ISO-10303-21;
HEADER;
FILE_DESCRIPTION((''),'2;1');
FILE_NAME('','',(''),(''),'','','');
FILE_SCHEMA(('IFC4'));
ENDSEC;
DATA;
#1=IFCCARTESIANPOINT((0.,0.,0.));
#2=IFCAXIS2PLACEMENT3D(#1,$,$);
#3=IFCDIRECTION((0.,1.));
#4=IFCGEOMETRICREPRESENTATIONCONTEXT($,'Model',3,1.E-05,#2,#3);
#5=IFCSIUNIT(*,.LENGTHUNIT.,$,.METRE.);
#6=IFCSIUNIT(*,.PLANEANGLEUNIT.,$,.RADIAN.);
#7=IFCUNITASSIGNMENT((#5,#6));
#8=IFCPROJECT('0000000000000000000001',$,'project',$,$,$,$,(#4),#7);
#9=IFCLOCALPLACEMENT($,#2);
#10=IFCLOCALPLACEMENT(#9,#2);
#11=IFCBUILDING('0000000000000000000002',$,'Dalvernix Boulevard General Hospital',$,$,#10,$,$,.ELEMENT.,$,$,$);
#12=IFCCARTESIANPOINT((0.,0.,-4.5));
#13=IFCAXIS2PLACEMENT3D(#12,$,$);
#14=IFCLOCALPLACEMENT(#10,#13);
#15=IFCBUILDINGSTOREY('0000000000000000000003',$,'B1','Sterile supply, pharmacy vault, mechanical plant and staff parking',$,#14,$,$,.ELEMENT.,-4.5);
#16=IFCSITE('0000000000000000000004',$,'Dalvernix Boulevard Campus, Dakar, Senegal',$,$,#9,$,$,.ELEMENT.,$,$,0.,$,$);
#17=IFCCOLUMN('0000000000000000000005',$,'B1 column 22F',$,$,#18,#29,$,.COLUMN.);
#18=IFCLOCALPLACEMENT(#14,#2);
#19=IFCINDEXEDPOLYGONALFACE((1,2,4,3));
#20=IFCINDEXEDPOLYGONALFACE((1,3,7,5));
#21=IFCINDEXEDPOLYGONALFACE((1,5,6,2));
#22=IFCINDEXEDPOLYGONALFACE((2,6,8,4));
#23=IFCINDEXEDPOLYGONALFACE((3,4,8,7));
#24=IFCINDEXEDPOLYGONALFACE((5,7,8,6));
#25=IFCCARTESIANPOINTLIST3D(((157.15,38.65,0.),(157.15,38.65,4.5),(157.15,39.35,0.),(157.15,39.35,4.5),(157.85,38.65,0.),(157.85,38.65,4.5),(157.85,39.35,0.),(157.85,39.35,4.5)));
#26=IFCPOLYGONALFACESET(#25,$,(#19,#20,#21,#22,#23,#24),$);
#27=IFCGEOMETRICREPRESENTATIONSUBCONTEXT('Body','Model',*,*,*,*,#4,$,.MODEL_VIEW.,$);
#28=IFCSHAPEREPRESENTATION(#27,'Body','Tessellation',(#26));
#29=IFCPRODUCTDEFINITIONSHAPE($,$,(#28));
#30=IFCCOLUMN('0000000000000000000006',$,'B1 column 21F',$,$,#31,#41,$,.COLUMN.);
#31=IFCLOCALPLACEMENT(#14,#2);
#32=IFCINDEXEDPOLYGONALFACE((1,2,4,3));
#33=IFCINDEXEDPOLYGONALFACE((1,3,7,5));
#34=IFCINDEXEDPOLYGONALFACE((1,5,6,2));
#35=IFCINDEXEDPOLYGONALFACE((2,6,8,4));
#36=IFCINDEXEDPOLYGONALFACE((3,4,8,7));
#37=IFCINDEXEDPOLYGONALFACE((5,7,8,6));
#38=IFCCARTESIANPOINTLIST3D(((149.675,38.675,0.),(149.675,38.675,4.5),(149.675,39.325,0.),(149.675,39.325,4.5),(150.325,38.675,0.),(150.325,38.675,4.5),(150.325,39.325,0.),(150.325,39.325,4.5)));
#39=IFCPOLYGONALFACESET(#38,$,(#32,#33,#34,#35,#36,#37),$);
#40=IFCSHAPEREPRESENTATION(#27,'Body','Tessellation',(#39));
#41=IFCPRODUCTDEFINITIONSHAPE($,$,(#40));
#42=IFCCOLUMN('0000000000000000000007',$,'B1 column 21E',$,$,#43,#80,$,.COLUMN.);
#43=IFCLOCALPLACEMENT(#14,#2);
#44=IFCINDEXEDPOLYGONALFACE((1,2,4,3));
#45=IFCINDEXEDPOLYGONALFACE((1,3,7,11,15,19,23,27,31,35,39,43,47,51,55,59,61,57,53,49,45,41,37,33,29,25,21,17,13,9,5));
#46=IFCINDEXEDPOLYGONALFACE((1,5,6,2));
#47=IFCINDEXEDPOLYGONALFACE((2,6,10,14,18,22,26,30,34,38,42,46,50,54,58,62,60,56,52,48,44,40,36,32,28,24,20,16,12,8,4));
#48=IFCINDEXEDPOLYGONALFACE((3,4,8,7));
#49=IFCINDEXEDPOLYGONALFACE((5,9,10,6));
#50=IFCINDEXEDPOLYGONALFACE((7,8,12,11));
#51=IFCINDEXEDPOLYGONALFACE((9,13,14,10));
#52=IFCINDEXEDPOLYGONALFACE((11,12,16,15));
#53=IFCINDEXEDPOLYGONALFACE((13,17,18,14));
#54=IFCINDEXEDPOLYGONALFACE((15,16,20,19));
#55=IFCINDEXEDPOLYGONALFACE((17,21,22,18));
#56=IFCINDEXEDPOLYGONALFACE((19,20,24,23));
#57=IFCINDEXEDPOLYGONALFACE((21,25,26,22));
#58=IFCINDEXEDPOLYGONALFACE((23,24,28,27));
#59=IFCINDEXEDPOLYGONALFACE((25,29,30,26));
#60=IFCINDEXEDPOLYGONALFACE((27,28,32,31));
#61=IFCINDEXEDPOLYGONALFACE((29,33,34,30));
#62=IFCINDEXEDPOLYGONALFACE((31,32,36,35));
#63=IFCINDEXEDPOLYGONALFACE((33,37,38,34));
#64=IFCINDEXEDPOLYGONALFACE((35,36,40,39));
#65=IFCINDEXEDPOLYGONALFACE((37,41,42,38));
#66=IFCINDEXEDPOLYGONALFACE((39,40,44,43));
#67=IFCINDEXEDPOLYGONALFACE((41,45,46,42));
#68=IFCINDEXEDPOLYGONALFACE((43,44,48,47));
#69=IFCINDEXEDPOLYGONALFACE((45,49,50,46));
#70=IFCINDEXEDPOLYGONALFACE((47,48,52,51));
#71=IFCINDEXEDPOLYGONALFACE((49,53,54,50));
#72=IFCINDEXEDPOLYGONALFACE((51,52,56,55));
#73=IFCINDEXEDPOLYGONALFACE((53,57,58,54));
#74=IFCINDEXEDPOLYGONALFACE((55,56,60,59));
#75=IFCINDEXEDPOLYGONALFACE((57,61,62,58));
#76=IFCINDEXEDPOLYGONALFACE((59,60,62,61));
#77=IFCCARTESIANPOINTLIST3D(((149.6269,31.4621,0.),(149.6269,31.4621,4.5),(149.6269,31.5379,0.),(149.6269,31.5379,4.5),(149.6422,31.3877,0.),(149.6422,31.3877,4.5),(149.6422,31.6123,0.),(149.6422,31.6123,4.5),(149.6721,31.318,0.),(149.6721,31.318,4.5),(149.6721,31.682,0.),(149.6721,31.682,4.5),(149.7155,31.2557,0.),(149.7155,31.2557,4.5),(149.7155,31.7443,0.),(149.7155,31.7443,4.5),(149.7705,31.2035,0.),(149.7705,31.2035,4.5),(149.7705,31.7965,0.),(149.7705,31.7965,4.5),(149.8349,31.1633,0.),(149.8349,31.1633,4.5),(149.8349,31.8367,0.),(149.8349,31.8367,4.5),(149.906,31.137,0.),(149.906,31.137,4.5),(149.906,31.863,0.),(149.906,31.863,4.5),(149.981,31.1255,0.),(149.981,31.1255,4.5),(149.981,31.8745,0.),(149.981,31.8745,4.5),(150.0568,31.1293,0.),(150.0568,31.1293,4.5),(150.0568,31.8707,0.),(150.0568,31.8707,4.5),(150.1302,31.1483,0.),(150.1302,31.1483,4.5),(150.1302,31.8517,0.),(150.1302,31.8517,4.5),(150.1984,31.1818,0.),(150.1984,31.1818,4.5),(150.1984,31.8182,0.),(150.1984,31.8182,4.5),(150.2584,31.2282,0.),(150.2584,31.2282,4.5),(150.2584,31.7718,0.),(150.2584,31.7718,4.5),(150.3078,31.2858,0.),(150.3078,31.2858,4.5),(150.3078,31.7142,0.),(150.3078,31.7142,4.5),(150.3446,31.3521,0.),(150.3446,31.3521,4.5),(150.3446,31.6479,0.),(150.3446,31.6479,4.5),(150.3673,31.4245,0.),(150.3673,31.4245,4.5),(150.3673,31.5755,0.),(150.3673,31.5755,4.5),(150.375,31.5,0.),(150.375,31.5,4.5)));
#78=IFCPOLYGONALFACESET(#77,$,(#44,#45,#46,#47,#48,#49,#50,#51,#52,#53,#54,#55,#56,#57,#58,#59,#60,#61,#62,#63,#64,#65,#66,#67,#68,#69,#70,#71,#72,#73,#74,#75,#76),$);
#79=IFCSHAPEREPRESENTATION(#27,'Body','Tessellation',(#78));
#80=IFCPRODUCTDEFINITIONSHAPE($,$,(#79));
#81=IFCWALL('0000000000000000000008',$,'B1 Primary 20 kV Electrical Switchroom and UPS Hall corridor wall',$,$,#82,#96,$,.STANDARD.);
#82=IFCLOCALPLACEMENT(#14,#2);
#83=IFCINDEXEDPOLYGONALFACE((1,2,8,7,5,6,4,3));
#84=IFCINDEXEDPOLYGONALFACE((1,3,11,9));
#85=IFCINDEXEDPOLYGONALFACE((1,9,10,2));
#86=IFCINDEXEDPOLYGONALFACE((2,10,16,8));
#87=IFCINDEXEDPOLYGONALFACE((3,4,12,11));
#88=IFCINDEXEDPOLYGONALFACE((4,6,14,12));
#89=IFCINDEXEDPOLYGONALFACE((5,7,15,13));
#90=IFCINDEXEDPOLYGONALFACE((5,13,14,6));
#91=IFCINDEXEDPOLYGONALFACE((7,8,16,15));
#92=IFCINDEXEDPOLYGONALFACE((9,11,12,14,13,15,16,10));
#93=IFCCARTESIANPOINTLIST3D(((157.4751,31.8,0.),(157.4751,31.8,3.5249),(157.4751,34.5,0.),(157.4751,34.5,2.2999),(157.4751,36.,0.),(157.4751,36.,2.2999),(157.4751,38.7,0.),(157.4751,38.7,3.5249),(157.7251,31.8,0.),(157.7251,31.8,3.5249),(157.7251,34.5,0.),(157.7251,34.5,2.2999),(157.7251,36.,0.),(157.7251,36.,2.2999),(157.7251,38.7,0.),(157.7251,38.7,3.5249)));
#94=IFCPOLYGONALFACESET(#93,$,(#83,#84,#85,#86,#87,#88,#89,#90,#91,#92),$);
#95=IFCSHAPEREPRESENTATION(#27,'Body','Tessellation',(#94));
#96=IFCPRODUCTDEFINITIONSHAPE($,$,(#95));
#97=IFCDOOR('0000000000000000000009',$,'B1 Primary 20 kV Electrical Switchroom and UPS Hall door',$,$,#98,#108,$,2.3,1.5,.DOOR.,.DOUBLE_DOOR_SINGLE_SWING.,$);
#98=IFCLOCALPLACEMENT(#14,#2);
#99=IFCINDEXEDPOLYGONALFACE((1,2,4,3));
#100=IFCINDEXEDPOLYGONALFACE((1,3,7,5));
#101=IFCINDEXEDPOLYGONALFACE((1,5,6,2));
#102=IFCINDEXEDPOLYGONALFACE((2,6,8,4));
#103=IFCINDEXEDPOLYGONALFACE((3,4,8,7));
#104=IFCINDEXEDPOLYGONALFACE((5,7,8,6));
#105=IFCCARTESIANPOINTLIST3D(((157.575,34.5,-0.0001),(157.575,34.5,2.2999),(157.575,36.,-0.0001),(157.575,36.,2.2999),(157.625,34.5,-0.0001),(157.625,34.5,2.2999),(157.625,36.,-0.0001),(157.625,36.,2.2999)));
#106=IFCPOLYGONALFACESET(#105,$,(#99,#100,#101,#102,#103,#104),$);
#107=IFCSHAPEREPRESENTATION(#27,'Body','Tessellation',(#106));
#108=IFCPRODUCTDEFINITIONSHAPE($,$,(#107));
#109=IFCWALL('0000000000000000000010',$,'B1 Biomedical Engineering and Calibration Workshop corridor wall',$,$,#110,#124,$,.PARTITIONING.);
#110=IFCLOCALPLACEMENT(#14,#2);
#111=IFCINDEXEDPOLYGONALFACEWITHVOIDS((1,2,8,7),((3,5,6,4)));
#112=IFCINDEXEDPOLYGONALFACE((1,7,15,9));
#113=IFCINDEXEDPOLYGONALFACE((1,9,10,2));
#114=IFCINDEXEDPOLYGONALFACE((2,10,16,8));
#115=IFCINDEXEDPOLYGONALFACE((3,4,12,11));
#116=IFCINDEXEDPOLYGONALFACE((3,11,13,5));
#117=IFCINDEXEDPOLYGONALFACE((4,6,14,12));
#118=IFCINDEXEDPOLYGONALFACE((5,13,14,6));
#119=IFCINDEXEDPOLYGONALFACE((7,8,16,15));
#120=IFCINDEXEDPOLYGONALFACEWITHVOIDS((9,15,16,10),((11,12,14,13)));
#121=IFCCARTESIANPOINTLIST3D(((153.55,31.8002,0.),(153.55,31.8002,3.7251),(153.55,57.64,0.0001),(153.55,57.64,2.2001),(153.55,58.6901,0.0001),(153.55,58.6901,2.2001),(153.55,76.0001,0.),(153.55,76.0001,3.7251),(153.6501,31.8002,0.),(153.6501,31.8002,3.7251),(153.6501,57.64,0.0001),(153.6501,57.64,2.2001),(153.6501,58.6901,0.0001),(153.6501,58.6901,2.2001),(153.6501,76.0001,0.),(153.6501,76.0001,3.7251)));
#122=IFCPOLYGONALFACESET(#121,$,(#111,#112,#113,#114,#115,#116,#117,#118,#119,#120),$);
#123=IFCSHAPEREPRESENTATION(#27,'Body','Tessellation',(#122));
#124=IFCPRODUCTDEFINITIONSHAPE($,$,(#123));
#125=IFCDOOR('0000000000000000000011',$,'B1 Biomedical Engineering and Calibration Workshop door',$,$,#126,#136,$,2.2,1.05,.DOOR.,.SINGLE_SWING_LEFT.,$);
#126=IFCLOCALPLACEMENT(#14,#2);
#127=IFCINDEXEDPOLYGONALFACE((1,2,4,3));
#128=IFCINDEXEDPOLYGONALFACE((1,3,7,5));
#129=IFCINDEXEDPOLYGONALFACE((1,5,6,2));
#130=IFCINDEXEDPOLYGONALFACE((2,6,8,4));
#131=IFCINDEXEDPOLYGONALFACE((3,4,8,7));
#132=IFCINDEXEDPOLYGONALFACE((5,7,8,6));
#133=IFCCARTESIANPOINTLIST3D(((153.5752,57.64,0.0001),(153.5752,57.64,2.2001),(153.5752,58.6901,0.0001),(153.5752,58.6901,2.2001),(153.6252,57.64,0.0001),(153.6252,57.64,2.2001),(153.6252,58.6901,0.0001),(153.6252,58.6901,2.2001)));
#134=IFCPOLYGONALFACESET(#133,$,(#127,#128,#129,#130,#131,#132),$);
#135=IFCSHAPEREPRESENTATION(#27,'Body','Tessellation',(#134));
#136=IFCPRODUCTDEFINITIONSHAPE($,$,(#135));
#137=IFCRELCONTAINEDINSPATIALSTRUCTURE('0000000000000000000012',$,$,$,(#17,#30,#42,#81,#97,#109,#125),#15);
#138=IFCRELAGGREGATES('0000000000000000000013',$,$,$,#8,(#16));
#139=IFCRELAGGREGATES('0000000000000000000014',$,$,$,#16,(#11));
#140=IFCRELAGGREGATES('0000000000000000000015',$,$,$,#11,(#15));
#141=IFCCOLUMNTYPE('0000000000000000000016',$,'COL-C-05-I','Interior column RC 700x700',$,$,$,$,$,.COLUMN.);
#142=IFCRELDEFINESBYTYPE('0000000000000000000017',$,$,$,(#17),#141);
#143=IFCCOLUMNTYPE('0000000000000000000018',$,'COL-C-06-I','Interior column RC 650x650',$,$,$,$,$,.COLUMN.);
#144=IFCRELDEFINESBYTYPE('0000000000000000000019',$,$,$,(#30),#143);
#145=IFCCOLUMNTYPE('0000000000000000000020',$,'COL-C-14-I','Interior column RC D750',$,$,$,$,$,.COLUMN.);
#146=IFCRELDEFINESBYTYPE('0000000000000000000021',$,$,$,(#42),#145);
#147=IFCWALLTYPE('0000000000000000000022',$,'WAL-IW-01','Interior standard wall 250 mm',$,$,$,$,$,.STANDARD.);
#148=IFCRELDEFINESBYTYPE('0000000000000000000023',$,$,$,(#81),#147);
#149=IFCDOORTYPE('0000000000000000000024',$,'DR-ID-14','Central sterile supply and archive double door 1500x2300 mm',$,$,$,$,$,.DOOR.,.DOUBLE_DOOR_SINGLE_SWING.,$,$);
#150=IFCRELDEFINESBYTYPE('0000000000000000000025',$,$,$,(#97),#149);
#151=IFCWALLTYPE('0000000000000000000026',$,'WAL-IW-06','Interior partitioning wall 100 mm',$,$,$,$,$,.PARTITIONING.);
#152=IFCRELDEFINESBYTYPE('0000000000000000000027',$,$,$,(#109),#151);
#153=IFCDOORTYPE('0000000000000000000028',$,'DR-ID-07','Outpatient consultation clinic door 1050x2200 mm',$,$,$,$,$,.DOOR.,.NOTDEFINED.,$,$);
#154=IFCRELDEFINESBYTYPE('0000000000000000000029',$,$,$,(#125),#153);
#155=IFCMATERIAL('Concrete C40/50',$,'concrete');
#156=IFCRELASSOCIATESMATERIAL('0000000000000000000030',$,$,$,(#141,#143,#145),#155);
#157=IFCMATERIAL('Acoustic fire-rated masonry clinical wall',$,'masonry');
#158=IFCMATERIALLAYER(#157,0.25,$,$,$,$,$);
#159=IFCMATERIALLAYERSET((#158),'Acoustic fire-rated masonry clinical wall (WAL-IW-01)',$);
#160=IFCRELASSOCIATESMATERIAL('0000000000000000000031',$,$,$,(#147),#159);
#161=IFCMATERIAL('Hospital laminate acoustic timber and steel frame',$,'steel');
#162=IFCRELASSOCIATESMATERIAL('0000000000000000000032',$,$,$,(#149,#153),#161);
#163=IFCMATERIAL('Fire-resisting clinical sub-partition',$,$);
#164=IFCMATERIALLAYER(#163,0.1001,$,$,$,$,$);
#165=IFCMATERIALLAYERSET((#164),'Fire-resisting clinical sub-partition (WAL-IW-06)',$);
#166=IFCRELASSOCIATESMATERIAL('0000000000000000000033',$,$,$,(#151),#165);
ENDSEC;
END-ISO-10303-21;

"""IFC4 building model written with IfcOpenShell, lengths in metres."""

from ifc_helpers import new_model, si_unit, direction, frame, frame_2d, origin, origin_2d, place, context, subcontext, project, spatial, rectangle, circle, extrude, material, layer, layer_set, material_profile, profile_set, type_object, element, fill, save


model = new_model("IFC4")

# Units and contexts
model_context = context("Model", 3, precision=1e-05, world=origin(), true_north=direction((0.0, 1.0)))
body_context = subcontext(model_context, "Body", "Model", "MODEL_VIEW")
ifc_project = project(units=[si_unit("LENGTHUNIT", "METRE"), si_unit("PLANEANGLEUNIT", "RADIAN")], contexts=[model_context])

# Site, building, storey
site_placement = place(None, origin())
site = spatial("IfcSite", under=ifc_project, at=site_placement, Name="Dalvernix Boulevard Campus, Dakar, Senegal", CompositionType="ELEMENT", RefElevation=0.0)
building_placement = place(site_placement, origin())
building = spatial("IfcBuilding", under=site, at=building_placement, Name="Dalvernix Boulevard General Hospital", CompositionType="ELEMENT")
storey_placement = place(building_placement, frame((0.0, 0.0, -4.5)))
storey = spatial("IfcBuildingStorey", under=building, at=storey_placement, Name="B1", Description="Sterile supply, pharmacy vault, mechanical plant and staff parking", CompositionType="ELEMENT", Elevation=-4.5)

# Shared definitions
ifc_material_1 = material(Name="Concrete C40/50", Category="concrete")

# Columns
ifc_material_profile_1 = material_profile(ifc_material_1, rectangle(XDim=0.7, YDim=0.7, at=origin_2d()), Name="RC 700x700")
ifc_profile_set_1 = profile_set([ifc_material_profile_1], Name="Concrete C40/50")
column_type_1 = type_object("IfcColumnType", Name="COL-C-05-I", Description="Interior column RC 700x700", PredefinedType="COLUMN", material=ifc_profile_set_1)
column_1_placement = place(storey_placement, frame((157.5, 39.0, 0.0), z_axis=(0.0, 0.0, 1.0), x_axis=(1.0, 0.0, 0.0)))
element("IfcColumn", 1, at=column_1_placement, inside=storey, type_object=column_type_1, Name="B1 column 22F", PredefinedType="COLUMN", context=body_context, shape_type="SweptSolid", body=[
    extrude(rectangle(XDim=0.7, YDim=0.7, at=origin_2d()), origin(), (0.0, 0.0, 1.0), 4.5),
])
ifc_material_profile_2 = material_profile(ifc_material_1, rectangle(XDim=0.6499, YDim=0.6499, at=origin_2d()), Name="RC 650x650")
ifc_profile_set_2 = profile_set([ifc_material_profile_2], Name="Concrete C40/50")
column_type_2 = type_object("IfcColumnType", Name="COL-C-06-I", Description="Interior column RC 650x650", PredefinedType="COLUMN", material=ifc_profile_set_2)
column_2_placement = place(storey_placement, frame((150.0, 39.0, 0.0), z_axis=(0.0, 0.0, 1.0), x_axis=(1.0, 0.0, 0.0)))
element("IfcColumn", 2, at=column_2_placement, inside=storey, type_object=column_type_2, Name="B1 column 21F", PredefinedType="COLUMN", context=body_context, shape_type="SweptSolid", body=[
    extrude(rectangle(XDim=0.6499, YDim=0.6499, at=origin_2d()), origin(), (0.0, 0.0, 1.0), 4.5),
])
ifc_material_profile_3 = material_profile(ifc_material_1, circle(Radius=0.375, at=origin_2d()), Name="RC D750")
ifc_profile_set_3 = profile_set([ifc_material_profile_3], Name="Concrete C40/50")
column_type_3 = type_object("IfcColumnType", Name="COL-C-14-I", Description="Interior column RC D750", PredefinedType="COLUMN", material=ifc_profile_set_3)
column_3_placement = place(storey_placement, frame((150.0, 31.5, 0.0), z_axis=(0.0, 0.0, 1.0), x_axis=(1.0, 0.0, 0.0)))
element("IfcColumn", 3, at=column_3_placement, inside=storey, type_object=column_type_3, Name="B1 column 21E", PredefinedType="COLUMN", context=body_context, shape_type="SweptSolid", body=[
    extrude(circle(Radius=0.375, at=origin_2d()), origin(), (0.0, 0.0, 1.0), 4.5),
])

# Walls, openings, doors
ifc_material_2 = material(Name="Acoustic fire-rated masonry clinical wall", Category="masonry")
ifc_layer_1 = layer(ifc_material_2, 0.25)
ifc_layer_set_1 = layer_set([ifc_layer_1], Name="Acoustic fire-rated masonry clinical wall (WAL-IW-01)")
wall_type_1 = type_object("IfcWallType", Name="WAL-IW-01", Description="Interior standard wall 250 mm", PredefinedType="STANDARD", material=ifc_layer_set_1)
wall_1_placement = place(storey_placement, frame((157.6001, 38.7, 0.0), z_axis=(0.0, 0.0, 1.0), x_axis=(0.0, -1.0, 0.0)))
wall_1 = element("IfcWall", 4, at=wall_1_placement, inside=storey, type_object=wall_type_1, Name="B1 Primary 20 kV Electrical Switchroom and UPS Hall corridor wall", PredefinedType="STANDARD", context=body_context, shape_type="SweptSolid", body=[
    extrude(rectangle(XDim=6.8999, YDim=0.25, at=frame_2d((3.45, 0.0))), origin(), (0.0, 0.0, 1.0), 3.5249),
])
opening_1_placement = place(wall_1_placement, frame((2.7, 0.0, 0.0)))
opening_1 = element("IfcOpeningElement", 5, at=opening_1_placement, cuts=wall_1, PredefinedType="OPENING", context=body_context, shape_type="SweptSolid", body=[
    extrude(rectangle(XDim=1.5, YDim=2.3, at=frame_2d((0.75, 1.1499))), frame((0.0, 0.135, 0.0), z_axis=(0.0, -1.0, 0.0), x_axis=(1.0, 0.0, 0.0)), (0.0, 0.0, 1.0), 0.27),
])
ifc_material_3 = material(Name="Hospital laminate acoustic timber and steel frame", Category="steel")
door_type_1 = type_object("IfcDoorType", Name="DR-ID-14", Description="Central sterile supply and archive double door 1500x2300 mm", OperationType="DOUBLE_DOOR_SINGLE_SWING", PredefinedType="DOOR", material=ifc_material_3)
door_1_placement = place(opening_1_placement, origin())
door_1 = element("IfcDoor", 6, at=door_1_placement, inside=storey, type_object=door_type_1, Name="B1 Primary 20 kV Electrical Switchroom and UPS Hall door", OperationType="DOUBLE_DOOR_SINGLE_SWING", OverallHeight=2.3, OverallWidth=1.5, PredefinedType="DOOR", context=body_context, shape_type="SweptSolid", body=[
    extrude(rectangle(XDim=1.5, YDim=2.3, at=frame_2d((0.75, 1.1499))), frame((0.0, 0.0249, 0.0), z_axis=(0.0, -1.0, 0.0), x_axis=(1.0, 0.0, 0.0)), (0.0, 0.0, 1.0), 0.05),
])
fill(opening_1, door_1)
ifc_material_4 = material(Name="Fire-resisting clinical sub-partition")
ifc_layer_2 = layer(ifc_material_4, 0.1001)
ifc_layer_set_2 = layer_set([ifc_layer_2], Name="Fire-resisting clinical sub-partition (WAL-IW-06)")
wall_type_2 = type_object("IfcWallType", Name="WAL-IW-06", Description="Interior partitioning wall 100 mm", PredefinedType="PARTITIONING", material=ifc_layer_set_2)
wall_2_placement = place(storey_placement, frame((153.6001, 31.8, 0.0), z_axis=(0.0, 0.0, 1.0), x_axis=(0.0, 1.0, 0.0)))
wall_2 = element("IfcWall", 7, at=wall_2_placement, inside=storey, type_object=wall_type_2, Name="B1 Biomedical Engineering and Calibration Workshop corridor wall", PredefinedType="PARTITIONING", context=body_context, shape_type="SweptSolid", body=[
    extrude(rectangle(XDim=44.2, YDim=0.1001, at=frame_2d((22.1001, 0.0))), origin(), (0.0, 0.0, 1.0), 3.7251),
])
opening_2_placement = place(wall_2_placement, frame((25.8401, 0.0, 0.0)))
opening_2 = element("IfcOpeningElement", 8, at=opening_2_placement, cuts=wall_2, PredefinedType="OPENING", context=body_context, shape_type="SweptSolid", body=[
    extrude(rectangle(XDim=1.05, YDim=2.2, at=frame_2d((0.5249, 1.1001))), frame((0.0, 0.0601, 0.0), z_axis=(0.0, -1.0, 0.0), x_axis=(1.0, 0.0, 0.0)), (0.0, 0.0, 1.0), 0.1201),
])
door_type_2 = type_object("IfcDoorType", Name="DR-ID-07", Description="Outpatient consultation clinic door 1050x2200 mm", OperationType="NOTDEFINED", PredefinedType="DOOR", material=ifc_material_3)
door_2_placement = place(opening_2_placement, origin())
door_2 = element("IfcDoor", 9, at=door_2_placement, inside=storey, type_object=door_type_2, Name="B1 Biomedical Engineering and Calibration Workshop door", OperationType="SINGLE_SWING_LEFT", OverallHeight=2.2, OverallWidth=1.05, PredefinedType="DOOR", context=body_context, shape_type="SweptSolid", body=[
    extrude(rectangle(XDim=1.05, YDim=2.2, at=frame_2d((0.5249, 1.1001))), frame((0.0, 0.0249, 0.0), z_axis=(0.0, -1.0, 0.0), x_axis=(1.0, 0.0, 0.0)), (0.0, 0.0, 1.0), 0.05),
])
fill(opening_2, door_2)

save(model, "model.ifc")
